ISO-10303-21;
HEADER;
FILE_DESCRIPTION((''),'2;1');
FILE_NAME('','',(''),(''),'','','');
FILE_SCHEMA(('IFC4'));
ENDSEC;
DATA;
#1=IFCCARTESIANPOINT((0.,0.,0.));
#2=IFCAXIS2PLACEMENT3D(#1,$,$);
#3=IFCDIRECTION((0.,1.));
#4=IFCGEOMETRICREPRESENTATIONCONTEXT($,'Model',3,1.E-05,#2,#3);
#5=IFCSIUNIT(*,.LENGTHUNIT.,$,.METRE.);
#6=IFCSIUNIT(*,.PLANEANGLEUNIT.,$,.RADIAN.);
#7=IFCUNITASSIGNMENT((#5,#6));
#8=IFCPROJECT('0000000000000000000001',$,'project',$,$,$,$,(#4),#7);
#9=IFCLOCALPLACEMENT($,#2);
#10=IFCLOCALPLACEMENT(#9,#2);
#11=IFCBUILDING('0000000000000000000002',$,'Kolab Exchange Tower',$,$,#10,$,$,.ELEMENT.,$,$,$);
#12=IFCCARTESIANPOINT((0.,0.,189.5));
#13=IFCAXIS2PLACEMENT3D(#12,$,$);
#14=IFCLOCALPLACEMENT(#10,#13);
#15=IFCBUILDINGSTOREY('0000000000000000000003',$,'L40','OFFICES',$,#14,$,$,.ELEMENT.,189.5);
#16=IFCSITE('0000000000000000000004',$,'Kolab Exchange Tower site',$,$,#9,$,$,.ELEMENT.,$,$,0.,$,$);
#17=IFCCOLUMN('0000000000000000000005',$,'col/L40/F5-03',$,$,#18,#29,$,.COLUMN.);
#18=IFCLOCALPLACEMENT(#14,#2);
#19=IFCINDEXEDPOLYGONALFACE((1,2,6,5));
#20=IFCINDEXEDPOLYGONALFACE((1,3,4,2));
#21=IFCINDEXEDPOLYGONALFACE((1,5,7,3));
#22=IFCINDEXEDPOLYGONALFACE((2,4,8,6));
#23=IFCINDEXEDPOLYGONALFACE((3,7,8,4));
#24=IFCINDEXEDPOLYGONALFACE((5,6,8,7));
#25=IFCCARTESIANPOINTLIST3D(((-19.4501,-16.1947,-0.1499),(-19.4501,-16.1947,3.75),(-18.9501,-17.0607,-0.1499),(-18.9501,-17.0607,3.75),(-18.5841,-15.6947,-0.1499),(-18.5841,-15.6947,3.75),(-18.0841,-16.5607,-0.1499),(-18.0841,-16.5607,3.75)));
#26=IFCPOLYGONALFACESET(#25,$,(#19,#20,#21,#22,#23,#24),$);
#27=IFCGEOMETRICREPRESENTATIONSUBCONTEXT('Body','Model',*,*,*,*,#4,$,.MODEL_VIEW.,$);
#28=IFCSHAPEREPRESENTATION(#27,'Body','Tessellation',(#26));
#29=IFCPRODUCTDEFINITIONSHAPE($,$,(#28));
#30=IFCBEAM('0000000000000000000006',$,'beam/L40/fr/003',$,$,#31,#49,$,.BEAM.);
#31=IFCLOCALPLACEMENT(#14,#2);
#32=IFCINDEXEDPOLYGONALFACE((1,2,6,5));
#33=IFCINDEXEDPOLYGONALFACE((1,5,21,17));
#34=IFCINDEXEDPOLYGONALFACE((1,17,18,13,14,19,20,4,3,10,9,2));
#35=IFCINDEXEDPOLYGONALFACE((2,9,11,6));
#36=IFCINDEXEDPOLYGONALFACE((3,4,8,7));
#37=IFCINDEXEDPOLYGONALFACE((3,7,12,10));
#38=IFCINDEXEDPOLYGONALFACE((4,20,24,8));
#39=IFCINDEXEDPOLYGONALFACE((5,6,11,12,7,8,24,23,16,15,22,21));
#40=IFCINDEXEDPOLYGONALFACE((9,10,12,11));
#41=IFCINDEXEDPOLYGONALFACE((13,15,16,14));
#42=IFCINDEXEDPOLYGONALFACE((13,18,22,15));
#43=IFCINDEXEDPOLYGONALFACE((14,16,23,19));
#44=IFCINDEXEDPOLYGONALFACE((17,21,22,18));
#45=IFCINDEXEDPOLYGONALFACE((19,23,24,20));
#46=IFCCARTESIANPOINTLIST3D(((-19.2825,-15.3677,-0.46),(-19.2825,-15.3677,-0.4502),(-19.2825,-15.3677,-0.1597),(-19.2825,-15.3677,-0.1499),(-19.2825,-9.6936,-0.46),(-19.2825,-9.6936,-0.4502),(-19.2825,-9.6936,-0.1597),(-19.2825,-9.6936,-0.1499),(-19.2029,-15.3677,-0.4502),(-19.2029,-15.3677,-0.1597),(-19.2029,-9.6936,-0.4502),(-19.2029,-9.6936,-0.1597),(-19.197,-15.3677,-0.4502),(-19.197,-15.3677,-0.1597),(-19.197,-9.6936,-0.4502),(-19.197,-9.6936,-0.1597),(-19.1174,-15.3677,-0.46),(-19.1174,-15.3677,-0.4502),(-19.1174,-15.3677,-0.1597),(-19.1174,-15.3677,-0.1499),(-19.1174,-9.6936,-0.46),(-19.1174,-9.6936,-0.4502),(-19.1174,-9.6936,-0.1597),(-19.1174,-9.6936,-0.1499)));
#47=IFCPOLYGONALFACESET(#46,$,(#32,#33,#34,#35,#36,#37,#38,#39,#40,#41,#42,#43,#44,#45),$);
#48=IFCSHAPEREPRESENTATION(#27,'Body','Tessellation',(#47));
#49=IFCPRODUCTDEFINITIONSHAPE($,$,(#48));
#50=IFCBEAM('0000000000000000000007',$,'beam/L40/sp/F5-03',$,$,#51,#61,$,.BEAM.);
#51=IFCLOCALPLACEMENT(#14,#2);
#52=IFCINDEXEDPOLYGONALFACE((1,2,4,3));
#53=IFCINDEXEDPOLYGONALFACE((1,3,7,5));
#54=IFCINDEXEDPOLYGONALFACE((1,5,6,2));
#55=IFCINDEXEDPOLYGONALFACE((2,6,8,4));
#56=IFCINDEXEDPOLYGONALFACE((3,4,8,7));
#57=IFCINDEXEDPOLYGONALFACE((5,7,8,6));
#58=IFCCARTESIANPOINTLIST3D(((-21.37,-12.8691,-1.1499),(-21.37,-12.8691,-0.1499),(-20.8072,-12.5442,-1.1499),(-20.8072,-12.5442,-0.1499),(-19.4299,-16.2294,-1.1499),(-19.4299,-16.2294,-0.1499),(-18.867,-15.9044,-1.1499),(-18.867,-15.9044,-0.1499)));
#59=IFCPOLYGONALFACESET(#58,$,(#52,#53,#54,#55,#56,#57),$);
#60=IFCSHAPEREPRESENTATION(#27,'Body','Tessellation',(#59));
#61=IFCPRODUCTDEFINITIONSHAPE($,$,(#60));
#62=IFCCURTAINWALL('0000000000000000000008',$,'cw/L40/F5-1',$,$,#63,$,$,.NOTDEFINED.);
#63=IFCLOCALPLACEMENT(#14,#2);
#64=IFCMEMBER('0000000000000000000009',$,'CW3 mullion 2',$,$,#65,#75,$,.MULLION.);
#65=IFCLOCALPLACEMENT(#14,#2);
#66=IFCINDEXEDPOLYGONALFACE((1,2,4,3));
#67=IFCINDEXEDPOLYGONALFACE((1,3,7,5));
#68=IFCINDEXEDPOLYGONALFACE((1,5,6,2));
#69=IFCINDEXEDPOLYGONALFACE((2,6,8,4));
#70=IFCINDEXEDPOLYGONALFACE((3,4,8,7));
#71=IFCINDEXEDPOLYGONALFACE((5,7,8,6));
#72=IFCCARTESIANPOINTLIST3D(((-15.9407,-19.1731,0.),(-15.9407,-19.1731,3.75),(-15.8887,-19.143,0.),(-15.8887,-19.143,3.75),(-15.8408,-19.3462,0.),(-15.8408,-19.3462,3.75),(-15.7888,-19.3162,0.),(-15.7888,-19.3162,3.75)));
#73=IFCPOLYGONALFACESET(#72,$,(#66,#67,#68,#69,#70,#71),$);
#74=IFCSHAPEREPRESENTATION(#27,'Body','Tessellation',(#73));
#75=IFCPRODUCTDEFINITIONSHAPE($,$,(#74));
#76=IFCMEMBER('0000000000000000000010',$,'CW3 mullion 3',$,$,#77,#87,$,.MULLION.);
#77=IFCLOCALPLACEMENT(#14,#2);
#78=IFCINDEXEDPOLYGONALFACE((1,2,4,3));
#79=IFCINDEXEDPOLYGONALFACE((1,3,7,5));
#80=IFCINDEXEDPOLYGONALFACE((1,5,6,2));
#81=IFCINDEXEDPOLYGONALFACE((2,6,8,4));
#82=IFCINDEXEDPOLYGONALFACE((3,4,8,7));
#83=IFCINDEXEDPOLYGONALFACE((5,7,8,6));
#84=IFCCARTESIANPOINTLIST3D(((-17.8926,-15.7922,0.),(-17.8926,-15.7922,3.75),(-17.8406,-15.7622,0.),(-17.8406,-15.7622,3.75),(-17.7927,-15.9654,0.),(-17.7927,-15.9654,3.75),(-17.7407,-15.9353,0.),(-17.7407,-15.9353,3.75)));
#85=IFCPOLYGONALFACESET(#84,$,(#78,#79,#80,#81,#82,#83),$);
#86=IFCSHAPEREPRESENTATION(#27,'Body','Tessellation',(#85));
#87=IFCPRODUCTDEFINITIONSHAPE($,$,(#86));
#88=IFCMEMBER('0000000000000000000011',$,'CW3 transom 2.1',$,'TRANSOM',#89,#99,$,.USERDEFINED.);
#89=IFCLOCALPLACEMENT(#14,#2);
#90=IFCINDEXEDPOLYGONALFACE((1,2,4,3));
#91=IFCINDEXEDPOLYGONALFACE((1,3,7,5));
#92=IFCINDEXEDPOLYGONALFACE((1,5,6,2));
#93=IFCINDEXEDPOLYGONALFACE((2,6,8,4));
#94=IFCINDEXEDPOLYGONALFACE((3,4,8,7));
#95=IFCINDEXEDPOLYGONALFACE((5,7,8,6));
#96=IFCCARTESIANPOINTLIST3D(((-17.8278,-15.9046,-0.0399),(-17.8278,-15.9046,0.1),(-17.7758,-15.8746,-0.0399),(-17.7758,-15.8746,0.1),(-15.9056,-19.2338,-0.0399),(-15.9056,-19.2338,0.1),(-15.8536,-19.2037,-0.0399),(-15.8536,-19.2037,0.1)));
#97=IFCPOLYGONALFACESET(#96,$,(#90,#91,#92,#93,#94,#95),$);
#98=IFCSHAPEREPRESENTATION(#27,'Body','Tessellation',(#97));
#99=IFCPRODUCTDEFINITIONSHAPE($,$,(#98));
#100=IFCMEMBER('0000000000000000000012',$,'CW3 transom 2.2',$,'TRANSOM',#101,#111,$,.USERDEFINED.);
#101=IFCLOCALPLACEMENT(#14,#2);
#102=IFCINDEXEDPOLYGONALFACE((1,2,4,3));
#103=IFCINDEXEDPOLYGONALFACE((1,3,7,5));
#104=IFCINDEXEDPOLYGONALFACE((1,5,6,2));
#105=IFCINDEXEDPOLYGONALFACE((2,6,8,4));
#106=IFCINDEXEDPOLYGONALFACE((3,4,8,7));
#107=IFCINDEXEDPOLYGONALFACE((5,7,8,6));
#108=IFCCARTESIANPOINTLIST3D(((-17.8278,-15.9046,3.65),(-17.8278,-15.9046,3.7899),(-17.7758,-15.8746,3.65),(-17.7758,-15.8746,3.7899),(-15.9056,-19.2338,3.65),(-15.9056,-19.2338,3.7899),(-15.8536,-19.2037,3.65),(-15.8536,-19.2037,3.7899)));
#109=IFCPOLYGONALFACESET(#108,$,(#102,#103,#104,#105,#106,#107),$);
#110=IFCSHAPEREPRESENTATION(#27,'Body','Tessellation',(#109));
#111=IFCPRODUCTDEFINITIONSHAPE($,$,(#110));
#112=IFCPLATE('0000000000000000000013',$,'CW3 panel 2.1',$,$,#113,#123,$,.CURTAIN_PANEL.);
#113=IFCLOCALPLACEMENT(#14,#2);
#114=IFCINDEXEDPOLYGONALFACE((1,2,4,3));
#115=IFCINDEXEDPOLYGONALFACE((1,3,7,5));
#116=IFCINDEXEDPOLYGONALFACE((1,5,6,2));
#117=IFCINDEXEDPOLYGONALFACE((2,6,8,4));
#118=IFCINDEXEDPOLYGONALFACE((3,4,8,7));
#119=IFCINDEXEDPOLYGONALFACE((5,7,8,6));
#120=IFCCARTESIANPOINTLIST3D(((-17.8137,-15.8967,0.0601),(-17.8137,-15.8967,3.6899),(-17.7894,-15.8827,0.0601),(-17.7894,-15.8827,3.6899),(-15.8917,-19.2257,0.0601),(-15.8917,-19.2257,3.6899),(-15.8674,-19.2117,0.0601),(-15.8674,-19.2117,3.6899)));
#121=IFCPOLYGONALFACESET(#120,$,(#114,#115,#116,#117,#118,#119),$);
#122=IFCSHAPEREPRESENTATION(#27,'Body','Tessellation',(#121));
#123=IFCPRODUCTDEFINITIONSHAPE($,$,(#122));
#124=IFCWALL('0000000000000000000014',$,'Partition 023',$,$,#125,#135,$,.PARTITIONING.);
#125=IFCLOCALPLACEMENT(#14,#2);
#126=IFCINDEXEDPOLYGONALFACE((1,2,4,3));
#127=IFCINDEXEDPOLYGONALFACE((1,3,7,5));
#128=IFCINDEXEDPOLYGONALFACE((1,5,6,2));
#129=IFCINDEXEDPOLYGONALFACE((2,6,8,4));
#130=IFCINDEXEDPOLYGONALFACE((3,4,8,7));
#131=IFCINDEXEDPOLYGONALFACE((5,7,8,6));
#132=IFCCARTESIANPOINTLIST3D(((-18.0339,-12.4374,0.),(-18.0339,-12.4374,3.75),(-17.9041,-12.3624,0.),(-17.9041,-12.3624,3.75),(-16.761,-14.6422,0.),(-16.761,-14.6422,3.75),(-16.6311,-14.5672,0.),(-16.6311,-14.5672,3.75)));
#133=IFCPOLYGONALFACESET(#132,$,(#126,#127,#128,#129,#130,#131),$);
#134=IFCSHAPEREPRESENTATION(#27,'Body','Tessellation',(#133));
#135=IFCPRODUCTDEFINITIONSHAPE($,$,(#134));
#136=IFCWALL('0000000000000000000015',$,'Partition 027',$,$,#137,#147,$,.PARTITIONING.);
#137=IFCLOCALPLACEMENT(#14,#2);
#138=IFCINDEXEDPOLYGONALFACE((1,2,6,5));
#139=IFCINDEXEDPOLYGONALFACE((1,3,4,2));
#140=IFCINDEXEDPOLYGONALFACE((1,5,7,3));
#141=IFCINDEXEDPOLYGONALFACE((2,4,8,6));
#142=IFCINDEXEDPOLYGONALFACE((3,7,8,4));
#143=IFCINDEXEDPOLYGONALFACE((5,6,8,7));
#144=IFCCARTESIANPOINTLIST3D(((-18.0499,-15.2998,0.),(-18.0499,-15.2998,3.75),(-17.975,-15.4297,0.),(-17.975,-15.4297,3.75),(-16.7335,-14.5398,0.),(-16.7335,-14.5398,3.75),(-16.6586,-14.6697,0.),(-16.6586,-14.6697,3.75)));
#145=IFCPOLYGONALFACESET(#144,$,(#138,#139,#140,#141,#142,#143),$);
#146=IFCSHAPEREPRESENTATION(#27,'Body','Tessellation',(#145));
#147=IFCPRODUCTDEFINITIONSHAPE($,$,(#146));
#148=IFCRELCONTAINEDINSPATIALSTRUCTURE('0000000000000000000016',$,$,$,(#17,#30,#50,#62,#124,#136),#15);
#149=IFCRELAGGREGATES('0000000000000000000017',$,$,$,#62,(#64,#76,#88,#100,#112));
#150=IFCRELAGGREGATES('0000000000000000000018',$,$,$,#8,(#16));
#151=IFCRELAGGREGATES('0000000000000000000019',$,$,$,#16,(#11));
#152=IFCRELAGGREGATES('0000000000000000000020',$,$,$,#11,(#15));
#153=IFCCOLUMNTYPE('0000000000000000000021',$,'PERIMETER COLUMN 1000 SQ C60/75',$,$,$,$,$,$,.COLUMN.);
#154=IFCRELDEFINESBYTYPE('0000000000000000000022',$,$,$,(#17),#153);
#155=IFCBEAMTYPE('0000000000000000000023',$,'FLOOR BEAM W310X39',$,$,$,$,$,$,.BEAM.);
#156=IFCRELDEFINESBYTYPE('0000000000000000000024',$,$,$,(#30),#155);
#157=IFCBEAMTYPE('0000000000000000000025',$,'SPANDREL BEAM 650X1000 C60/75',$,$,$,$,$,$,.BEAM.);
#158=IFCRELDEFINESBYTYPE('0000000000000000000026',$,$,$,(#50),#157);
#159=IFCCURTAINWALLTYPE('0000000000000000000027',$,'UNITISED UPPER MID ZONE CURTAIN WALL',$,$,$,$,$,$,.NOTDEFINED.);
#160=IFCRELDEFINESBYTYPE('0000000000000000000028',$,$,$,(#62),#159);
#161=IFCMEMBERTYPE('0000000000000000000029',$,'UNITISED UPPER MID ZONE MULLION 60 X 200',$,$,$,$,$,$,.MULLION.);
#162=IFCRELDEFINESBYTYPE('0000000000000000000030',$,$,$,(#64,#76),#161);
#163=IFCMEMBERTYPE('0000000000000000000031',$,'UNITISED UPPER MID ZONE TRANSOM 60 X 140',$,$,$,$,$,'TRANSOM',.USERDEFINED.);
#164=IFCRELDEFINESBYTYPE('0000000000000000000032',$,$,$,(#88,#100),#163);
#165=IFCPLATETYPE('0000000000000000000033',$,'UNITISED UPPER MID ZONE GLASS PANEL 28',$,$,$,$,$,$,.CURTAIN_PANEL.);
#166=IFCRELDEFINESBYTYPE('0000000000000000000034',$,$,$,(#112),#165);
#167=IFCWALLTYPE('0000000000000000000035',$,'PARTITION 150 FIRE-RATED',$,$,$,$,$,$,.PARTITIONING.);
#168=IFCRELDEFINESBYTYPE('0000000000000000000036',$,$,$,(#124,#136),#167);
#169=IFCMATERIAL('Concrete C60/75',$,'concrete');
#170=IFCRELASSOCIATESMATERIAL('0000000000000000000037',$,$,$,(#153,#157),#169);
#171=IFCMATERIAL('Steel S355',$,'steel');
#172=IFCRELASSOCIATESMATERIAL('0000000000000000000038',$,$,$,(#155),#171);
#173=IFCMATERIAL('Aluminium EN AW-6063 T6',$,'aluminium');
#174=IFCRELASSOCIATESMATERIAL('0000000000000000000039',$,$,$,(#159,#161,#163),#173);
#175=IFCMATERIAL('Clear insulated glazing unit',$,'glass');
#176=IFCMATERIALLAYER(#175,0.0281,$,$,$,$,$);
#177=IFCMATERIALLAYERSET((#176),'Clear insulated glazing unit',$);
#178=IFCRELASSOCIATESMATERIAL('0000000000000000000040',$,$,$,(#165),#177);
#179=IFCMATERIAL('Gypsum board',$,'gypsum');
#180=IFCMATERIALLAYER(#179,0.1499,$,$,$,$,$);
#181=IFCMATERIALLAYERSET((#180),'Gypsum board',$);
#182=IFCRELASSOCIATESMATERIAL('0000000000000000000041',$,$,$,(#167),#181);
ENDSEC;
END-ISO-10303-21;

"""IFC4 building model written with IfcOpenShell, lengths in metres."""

from ifc_helpers import new_model, si_unit, direction, frame, frame_2d, origin, origin_2d, place, context, subcontext, project, spatial, rectangle, i_section, extrude, material, layer, layer_set, material_profile, profile_set, type_object, element, aggregate, save


model = new_model("IFC4")

# Units and contexts
model_context = context("Model", 3, precision=1e-05, world=origin(), true_north=direction((0.0, 1.0)))
body_context = subcontext(model_context, "Body", "Model", "MODEL_VIEW")
ifc_project = project(units=[si_unit("LENGTHUNIT", "METRE"), si_unit("PLANEANGLEUNIT", "RADIAN")], contexts=[model_context])

# Site, building, storey
site_placement = place(None, origin())
site = spatial("IfcSite", under=ifc_project, at=site_placement, Name="Kolab Exchange Tower site", CompositionType="ELEMENT", RefElevation=0.0)
building_placement = place(site_placement, origin())
building = spatial("IfcBuilding", under=site, at=building_placement, Name="Kolab Exchange Tower", CompositionType="ELEMENT")
storey_placement = place(building_placement, frame((0.0, 0.0, 189.5)))
storey = spatial("IfcBuildingStorey", under=building, at=storey_placement, Name="L40", Description="OFFICES", CompositionType="ELEMENT", Elevation=189.5)

# Column
ifc_material_1 = material(Name="Concrete C60/75", Category="concrete")
ifc_material_profile_1 = material_profile(ifc_material_1, rectangle(XDim=1.0, YDim=1.0, at=origin_2d()), Name="RC1000")
ifc_profile_set_1 = profile_set([ifc_material_profile_1], Name="Concrete C60/75")
column_type = type_object("IfcColumnType", Name="PERIMETER COLUMN 1000 SQ C60/75", PredefinedType="COLUMN", material=ifc_profile_set_1)
column_placement = place(storey_placement, frame((-18.7671, -16.3777, -0.1499), z_axis=(0.0, 0.0, 1.0), x_axis=(0.866025, 0.5, 0.0)))
element("IfcColumn", 1, at=column_placement, inside=storey, type_object=column_type, Name="col/L40/F5-03", PredefinedType="COLUMN", context=body_context, shape_type="SweptSolid", body=[
    extrude(rectangle(XDim=1.0, YDim=1.0, at=origin_2d()), origin(), (0.0, 0.0, 1.0), 3.8999),
])

# Beams
ifc_material_2 = material(Name="Steel S355", Category="steel")
ifc_material_profile_2 = material_profile(ifc_material_2, i_section(OverallWidth=0.165, OverallDepth=0.3101, WebThickness=0.0059, FlangeThickness=0.0098, at=origin_2d()), Name="W310X39")
ifc_profile_set_2 = profile_set([ifc_material_profile_2], Name="Steel S355")
beam_type_1 = type_object("IfcBeamType", Name="FLOOR BEAM W310X39", PredefinedType="BEAM", material=ifc_profile_set_2)
beam_1_placement = place(storey_placement, frame((-19.2, -15.3677, -0.3049), z_axis=(0.0, 1.0, 0.0), x_axis=(-1.0, 0.0, 0.0)))
element("IfcBeam", 2, at=beam_1_placement, inside=storey, type_object=beam_type_1, Name="beam/L40/fr/003", PredefinedType="BEAM", context=body_context, shape_type="SweptSolid", body=[
    extrude(i_section(OverallWidth=0.165, OverallDepth=0.3101, WebThickness=0.0059, FlangeThickness=0.0098, at=origin_2d()), origin(), (0.0, 0.0, 1.0), 5.6741),
])
ifc_material_profile_3 = material_profile(ifc_material_1, rectangle(XDim=0.6499, YDim=1.0, at=origin_2d()), Name="RC650X1000")
ifc_profile_set_3 = profile_set([ifc_material_profile_3], Name="Concrete C60/75")
beam_type_2 = type_object("IfcBeamType", Name="SPANDREL BEAM 650X1000 C60/75", PredefinedType="BEAM", material=ifc_profile_set_3)
beam_2_placement = place(storey_placement, frame((-19.1484, -16.0669, -0.6499), z_axis=(-0.500017, 0.866016, 0.0), x_axis=(-0.866016, -0.500017, 0.0)))
element("IfcBeam", 3, at=beam_2_placement, inside=storey, type_object=beam_type_2, Name="beam/L40/sp/F5-03", PredefinedType="BEAM", context=body_context, shape_type="SweptSolid", body=[
    extrude(rectangle(XDim=0.6499, YDim=1.0, at=origin_2d()), origin(), (0.0, 0.0, 1.0), 3.8801),
])

# Curtain wall, members, plate
ifc_material_3 = material(Name="Aluminium EN AW-6063 T6", Category="aluminium")
curtain_wall_type = type_object("IfcCurtainWallType", Name="UNITISED UPPER MID ZONE CURTAIN WALL", PredefinedType="NOTDEFINED", material=ifc_material_3)
curtain_wall_placement = place(storey_placement, origin())
curtain_wall = element("IfcCurtainWall", 4, at=curtain_wall_placement, inside=storey, type_object=curtain_wall_type, Name="cw/L40/F5-1", PredefinedType="NOTDEFINED")
ifc_material_profile_4 = material_profile(ifc_material_3, rectangle(XDim=0.0601, YDim=0.2, at=origin_2d()), Name="RECT 60X200")
ifc_profile_set_4 = profile_set([ifc_material_profile_4], Name="Aluminium EN AW-6063 T6")
member_type_1 = type_object("IfcMemberType", Name="UNITISED UPPER MID ZONE MULLION 60 X 200", PredefinedType="MULLION", material=ifc_profile_set_4)
member_1_placement = place(storey_placement, frame((-15.8647, -19.2446, 0.0), z_axis=(0.0, 0.0, 1.0), x_axis=(-0.866025, -0.5, 0.0)))
member_1 = element("IfcMember", 5, at=member_1_placement, type_object=member_type_1, Name="CW3 mullion 2", PredefinedType="MULLION", context=body_context, shape_type="SweptSolid", body=[
    extrude(rectangle(XDim=0.0601, YDim=0.2, at=origin_2d()), origin(), (0.0, 0.0, 1.0), 3.75),
])
member_2_placement = place(storey_placement, frame((-17.8167, -15.8638, 0.0), z_axis=(0.0, 0.0, 1.0), x_axis=(-0.866025, -0.5, 0.0)))
member_2 = element("IfcMember", 6, at=member_2_placement, type_object=member_type_1, Name="CW3 mullion 3", PredefinedType="MULLION", context=body_context, shape_type="SweptSolid", body=[
    extrude(rectangle(XDim=0.0601, YDim=0.2, at=origin_2d()), origin(), (0.0, 0.0, 1.0), 3.75),
])
ifc_material_profile_5 = material_profile(ifc_material_3, rectangle(XDim=0.0601, YDim=0.1399, at=origin_2d()), Name="RECT 60X140")
ifc_profile_set_5 = profile_set([ifc_material_profile_5], Name="Aluminium EN AW-6063 T6")
member_type_2 = type_object("IfcMemberType", Name="UNITISED UPPER MID ZONE TRANSOM 60 X 140", ElementType="TRANSOM", PredefinedType="USERDEFINED", material=ifc_profile_set_5)
member_3_placement = place(storey_placement, frame((-15.8796, -19.2188, 0.03), z_axis=(-0.500012, 0.866018, 0.0), x_axis=(-0.866018, -0.500012, 0.0)))
member_3 = element("IfcMember", 7, at=member_3_placement, type_object=member_type_2, Name="CW3 transom 2.1", ObjectType="TRANSOM", PredefinedType="USERDEFINED", context=body_context, shape_type="SweptSolid", body=[
    extrude(rectangle(XDim=0.0601, YDim=0.1399, at=origin_2d()), origin(), (0.0, 0.0, 1.0), 3.8442),
])
member_4_placement = place(storey_placement, frame((-15.8796, -19.2188, 3.72), z_axis=(-0.500012, 0.866018, 0.0), x_axis=(-0.866018, -0.500012, 0.0)))
member_4 = element("IfcMember", 8, at=member_4_placement, type_object=member_type_2, Name="CW3 transom 2.2", ObjectType="TRANSOM", PredefinedType="USERDEFINED", context=body_context, shape_type="SweptSolid", body=[
    extrude(rectangle(XDim=0.0601, YDim=0.1399, at=origin_2d()), origin(), (0.0, 0.0, 1.0), 3.8442),
])
ifc_material_4 = material(Name="Clear insulated glazing unit", Category="glass")
ifc_layer_1 = layer(ifc_material_4, 0.0281)
ifc_layer_set_1 = layer_set([ifc_layer_1], Name="Clear insulated glazing unit")
plate_type = type_object("IfcPlateType", Name="UNITISED UPPER MID ZONE GLASS PANEL 28", PredefinedType="CURTAIN_PANEL", material=ifc_layer_set_1)
plate_placement = place(storey_placement, frame((-16.8406, -17.5542, 0.0601), z_axis=(0.0, 0.0, 1.0), x_axis=(-0.5, 0.866025, 0.0)))
plate = element("IfcPlate", 9, at=plate_placement, type_object=plate_type, Name="CW3 panel 2.1", PredefinedType="CURTAIN_PANEL", context=body_context, shape_type="SweptSolid", body=[
    extrude(rectangle(XDim=3.844, YDim=0.0281, at=origin_2d()), origin(), (0.0, 0.0, 1.0), 3.6299),
])
aggregate(curtain_wall, [member_1, member_2, member_3, member_4, plate])

# Walls
ifc_material_5 = material(Name="Gypsum board", Category="gypsum")
ifc_layer_2 = layer(ifc_material_5, 0.1499)
ifc_layer_set_2 = layer_set([ifc_layer_2], Name="Gypsum board")
wall_type_1 = type_object("IfcWallType", Name="PARTITION 150 FIRE-RATED", PredefinedType="PARTITIONING", material=ifc_layer_set_2)
wall_1_placement = place(storey_placement, frame((-17.969, -12.3999, 0.0), z_axis=(0.0, 0.0, 1.0), x_axis=(0.499996, -0.866027, 0.0)))
element("IfcWall", 10, at=wall_1_placement, inside=storey, type_object=wall_type_1, Name="Partition 023", PredefinedType="PARTITIONING", context=body_context, shape_type="SweptSolid", body=[
    extrude(rectangle(XDim=2.5459, YDim=0.1499, at=frame_2d((1.2729, 0.0))), origin(), (0.0, 0.0, 1.0), 3.75),
])
wall_2_placement = place(storey_placement, frame((-18.0125, -15.3647, 0.0), z_axis=(0.0, 0.0, 1.0), x_axis=(0.86603, 0.499991, 0.0)))
element("IfcWall", 11, at=wall_2_placement, inside=storey, type_object=wall_type_1, Name="Partition 027", PredefinedType="PARTITIONING", context=body_context, shape_type="SweptSolid", body=[
    extrude(rectangle(XDim=1.52, YDim=0.1499, at=frame_2d((0.76, 0.0))), origin(), (0.0, 0.0, 1.0), 3.75),
])

save(model, "model.ifc")
